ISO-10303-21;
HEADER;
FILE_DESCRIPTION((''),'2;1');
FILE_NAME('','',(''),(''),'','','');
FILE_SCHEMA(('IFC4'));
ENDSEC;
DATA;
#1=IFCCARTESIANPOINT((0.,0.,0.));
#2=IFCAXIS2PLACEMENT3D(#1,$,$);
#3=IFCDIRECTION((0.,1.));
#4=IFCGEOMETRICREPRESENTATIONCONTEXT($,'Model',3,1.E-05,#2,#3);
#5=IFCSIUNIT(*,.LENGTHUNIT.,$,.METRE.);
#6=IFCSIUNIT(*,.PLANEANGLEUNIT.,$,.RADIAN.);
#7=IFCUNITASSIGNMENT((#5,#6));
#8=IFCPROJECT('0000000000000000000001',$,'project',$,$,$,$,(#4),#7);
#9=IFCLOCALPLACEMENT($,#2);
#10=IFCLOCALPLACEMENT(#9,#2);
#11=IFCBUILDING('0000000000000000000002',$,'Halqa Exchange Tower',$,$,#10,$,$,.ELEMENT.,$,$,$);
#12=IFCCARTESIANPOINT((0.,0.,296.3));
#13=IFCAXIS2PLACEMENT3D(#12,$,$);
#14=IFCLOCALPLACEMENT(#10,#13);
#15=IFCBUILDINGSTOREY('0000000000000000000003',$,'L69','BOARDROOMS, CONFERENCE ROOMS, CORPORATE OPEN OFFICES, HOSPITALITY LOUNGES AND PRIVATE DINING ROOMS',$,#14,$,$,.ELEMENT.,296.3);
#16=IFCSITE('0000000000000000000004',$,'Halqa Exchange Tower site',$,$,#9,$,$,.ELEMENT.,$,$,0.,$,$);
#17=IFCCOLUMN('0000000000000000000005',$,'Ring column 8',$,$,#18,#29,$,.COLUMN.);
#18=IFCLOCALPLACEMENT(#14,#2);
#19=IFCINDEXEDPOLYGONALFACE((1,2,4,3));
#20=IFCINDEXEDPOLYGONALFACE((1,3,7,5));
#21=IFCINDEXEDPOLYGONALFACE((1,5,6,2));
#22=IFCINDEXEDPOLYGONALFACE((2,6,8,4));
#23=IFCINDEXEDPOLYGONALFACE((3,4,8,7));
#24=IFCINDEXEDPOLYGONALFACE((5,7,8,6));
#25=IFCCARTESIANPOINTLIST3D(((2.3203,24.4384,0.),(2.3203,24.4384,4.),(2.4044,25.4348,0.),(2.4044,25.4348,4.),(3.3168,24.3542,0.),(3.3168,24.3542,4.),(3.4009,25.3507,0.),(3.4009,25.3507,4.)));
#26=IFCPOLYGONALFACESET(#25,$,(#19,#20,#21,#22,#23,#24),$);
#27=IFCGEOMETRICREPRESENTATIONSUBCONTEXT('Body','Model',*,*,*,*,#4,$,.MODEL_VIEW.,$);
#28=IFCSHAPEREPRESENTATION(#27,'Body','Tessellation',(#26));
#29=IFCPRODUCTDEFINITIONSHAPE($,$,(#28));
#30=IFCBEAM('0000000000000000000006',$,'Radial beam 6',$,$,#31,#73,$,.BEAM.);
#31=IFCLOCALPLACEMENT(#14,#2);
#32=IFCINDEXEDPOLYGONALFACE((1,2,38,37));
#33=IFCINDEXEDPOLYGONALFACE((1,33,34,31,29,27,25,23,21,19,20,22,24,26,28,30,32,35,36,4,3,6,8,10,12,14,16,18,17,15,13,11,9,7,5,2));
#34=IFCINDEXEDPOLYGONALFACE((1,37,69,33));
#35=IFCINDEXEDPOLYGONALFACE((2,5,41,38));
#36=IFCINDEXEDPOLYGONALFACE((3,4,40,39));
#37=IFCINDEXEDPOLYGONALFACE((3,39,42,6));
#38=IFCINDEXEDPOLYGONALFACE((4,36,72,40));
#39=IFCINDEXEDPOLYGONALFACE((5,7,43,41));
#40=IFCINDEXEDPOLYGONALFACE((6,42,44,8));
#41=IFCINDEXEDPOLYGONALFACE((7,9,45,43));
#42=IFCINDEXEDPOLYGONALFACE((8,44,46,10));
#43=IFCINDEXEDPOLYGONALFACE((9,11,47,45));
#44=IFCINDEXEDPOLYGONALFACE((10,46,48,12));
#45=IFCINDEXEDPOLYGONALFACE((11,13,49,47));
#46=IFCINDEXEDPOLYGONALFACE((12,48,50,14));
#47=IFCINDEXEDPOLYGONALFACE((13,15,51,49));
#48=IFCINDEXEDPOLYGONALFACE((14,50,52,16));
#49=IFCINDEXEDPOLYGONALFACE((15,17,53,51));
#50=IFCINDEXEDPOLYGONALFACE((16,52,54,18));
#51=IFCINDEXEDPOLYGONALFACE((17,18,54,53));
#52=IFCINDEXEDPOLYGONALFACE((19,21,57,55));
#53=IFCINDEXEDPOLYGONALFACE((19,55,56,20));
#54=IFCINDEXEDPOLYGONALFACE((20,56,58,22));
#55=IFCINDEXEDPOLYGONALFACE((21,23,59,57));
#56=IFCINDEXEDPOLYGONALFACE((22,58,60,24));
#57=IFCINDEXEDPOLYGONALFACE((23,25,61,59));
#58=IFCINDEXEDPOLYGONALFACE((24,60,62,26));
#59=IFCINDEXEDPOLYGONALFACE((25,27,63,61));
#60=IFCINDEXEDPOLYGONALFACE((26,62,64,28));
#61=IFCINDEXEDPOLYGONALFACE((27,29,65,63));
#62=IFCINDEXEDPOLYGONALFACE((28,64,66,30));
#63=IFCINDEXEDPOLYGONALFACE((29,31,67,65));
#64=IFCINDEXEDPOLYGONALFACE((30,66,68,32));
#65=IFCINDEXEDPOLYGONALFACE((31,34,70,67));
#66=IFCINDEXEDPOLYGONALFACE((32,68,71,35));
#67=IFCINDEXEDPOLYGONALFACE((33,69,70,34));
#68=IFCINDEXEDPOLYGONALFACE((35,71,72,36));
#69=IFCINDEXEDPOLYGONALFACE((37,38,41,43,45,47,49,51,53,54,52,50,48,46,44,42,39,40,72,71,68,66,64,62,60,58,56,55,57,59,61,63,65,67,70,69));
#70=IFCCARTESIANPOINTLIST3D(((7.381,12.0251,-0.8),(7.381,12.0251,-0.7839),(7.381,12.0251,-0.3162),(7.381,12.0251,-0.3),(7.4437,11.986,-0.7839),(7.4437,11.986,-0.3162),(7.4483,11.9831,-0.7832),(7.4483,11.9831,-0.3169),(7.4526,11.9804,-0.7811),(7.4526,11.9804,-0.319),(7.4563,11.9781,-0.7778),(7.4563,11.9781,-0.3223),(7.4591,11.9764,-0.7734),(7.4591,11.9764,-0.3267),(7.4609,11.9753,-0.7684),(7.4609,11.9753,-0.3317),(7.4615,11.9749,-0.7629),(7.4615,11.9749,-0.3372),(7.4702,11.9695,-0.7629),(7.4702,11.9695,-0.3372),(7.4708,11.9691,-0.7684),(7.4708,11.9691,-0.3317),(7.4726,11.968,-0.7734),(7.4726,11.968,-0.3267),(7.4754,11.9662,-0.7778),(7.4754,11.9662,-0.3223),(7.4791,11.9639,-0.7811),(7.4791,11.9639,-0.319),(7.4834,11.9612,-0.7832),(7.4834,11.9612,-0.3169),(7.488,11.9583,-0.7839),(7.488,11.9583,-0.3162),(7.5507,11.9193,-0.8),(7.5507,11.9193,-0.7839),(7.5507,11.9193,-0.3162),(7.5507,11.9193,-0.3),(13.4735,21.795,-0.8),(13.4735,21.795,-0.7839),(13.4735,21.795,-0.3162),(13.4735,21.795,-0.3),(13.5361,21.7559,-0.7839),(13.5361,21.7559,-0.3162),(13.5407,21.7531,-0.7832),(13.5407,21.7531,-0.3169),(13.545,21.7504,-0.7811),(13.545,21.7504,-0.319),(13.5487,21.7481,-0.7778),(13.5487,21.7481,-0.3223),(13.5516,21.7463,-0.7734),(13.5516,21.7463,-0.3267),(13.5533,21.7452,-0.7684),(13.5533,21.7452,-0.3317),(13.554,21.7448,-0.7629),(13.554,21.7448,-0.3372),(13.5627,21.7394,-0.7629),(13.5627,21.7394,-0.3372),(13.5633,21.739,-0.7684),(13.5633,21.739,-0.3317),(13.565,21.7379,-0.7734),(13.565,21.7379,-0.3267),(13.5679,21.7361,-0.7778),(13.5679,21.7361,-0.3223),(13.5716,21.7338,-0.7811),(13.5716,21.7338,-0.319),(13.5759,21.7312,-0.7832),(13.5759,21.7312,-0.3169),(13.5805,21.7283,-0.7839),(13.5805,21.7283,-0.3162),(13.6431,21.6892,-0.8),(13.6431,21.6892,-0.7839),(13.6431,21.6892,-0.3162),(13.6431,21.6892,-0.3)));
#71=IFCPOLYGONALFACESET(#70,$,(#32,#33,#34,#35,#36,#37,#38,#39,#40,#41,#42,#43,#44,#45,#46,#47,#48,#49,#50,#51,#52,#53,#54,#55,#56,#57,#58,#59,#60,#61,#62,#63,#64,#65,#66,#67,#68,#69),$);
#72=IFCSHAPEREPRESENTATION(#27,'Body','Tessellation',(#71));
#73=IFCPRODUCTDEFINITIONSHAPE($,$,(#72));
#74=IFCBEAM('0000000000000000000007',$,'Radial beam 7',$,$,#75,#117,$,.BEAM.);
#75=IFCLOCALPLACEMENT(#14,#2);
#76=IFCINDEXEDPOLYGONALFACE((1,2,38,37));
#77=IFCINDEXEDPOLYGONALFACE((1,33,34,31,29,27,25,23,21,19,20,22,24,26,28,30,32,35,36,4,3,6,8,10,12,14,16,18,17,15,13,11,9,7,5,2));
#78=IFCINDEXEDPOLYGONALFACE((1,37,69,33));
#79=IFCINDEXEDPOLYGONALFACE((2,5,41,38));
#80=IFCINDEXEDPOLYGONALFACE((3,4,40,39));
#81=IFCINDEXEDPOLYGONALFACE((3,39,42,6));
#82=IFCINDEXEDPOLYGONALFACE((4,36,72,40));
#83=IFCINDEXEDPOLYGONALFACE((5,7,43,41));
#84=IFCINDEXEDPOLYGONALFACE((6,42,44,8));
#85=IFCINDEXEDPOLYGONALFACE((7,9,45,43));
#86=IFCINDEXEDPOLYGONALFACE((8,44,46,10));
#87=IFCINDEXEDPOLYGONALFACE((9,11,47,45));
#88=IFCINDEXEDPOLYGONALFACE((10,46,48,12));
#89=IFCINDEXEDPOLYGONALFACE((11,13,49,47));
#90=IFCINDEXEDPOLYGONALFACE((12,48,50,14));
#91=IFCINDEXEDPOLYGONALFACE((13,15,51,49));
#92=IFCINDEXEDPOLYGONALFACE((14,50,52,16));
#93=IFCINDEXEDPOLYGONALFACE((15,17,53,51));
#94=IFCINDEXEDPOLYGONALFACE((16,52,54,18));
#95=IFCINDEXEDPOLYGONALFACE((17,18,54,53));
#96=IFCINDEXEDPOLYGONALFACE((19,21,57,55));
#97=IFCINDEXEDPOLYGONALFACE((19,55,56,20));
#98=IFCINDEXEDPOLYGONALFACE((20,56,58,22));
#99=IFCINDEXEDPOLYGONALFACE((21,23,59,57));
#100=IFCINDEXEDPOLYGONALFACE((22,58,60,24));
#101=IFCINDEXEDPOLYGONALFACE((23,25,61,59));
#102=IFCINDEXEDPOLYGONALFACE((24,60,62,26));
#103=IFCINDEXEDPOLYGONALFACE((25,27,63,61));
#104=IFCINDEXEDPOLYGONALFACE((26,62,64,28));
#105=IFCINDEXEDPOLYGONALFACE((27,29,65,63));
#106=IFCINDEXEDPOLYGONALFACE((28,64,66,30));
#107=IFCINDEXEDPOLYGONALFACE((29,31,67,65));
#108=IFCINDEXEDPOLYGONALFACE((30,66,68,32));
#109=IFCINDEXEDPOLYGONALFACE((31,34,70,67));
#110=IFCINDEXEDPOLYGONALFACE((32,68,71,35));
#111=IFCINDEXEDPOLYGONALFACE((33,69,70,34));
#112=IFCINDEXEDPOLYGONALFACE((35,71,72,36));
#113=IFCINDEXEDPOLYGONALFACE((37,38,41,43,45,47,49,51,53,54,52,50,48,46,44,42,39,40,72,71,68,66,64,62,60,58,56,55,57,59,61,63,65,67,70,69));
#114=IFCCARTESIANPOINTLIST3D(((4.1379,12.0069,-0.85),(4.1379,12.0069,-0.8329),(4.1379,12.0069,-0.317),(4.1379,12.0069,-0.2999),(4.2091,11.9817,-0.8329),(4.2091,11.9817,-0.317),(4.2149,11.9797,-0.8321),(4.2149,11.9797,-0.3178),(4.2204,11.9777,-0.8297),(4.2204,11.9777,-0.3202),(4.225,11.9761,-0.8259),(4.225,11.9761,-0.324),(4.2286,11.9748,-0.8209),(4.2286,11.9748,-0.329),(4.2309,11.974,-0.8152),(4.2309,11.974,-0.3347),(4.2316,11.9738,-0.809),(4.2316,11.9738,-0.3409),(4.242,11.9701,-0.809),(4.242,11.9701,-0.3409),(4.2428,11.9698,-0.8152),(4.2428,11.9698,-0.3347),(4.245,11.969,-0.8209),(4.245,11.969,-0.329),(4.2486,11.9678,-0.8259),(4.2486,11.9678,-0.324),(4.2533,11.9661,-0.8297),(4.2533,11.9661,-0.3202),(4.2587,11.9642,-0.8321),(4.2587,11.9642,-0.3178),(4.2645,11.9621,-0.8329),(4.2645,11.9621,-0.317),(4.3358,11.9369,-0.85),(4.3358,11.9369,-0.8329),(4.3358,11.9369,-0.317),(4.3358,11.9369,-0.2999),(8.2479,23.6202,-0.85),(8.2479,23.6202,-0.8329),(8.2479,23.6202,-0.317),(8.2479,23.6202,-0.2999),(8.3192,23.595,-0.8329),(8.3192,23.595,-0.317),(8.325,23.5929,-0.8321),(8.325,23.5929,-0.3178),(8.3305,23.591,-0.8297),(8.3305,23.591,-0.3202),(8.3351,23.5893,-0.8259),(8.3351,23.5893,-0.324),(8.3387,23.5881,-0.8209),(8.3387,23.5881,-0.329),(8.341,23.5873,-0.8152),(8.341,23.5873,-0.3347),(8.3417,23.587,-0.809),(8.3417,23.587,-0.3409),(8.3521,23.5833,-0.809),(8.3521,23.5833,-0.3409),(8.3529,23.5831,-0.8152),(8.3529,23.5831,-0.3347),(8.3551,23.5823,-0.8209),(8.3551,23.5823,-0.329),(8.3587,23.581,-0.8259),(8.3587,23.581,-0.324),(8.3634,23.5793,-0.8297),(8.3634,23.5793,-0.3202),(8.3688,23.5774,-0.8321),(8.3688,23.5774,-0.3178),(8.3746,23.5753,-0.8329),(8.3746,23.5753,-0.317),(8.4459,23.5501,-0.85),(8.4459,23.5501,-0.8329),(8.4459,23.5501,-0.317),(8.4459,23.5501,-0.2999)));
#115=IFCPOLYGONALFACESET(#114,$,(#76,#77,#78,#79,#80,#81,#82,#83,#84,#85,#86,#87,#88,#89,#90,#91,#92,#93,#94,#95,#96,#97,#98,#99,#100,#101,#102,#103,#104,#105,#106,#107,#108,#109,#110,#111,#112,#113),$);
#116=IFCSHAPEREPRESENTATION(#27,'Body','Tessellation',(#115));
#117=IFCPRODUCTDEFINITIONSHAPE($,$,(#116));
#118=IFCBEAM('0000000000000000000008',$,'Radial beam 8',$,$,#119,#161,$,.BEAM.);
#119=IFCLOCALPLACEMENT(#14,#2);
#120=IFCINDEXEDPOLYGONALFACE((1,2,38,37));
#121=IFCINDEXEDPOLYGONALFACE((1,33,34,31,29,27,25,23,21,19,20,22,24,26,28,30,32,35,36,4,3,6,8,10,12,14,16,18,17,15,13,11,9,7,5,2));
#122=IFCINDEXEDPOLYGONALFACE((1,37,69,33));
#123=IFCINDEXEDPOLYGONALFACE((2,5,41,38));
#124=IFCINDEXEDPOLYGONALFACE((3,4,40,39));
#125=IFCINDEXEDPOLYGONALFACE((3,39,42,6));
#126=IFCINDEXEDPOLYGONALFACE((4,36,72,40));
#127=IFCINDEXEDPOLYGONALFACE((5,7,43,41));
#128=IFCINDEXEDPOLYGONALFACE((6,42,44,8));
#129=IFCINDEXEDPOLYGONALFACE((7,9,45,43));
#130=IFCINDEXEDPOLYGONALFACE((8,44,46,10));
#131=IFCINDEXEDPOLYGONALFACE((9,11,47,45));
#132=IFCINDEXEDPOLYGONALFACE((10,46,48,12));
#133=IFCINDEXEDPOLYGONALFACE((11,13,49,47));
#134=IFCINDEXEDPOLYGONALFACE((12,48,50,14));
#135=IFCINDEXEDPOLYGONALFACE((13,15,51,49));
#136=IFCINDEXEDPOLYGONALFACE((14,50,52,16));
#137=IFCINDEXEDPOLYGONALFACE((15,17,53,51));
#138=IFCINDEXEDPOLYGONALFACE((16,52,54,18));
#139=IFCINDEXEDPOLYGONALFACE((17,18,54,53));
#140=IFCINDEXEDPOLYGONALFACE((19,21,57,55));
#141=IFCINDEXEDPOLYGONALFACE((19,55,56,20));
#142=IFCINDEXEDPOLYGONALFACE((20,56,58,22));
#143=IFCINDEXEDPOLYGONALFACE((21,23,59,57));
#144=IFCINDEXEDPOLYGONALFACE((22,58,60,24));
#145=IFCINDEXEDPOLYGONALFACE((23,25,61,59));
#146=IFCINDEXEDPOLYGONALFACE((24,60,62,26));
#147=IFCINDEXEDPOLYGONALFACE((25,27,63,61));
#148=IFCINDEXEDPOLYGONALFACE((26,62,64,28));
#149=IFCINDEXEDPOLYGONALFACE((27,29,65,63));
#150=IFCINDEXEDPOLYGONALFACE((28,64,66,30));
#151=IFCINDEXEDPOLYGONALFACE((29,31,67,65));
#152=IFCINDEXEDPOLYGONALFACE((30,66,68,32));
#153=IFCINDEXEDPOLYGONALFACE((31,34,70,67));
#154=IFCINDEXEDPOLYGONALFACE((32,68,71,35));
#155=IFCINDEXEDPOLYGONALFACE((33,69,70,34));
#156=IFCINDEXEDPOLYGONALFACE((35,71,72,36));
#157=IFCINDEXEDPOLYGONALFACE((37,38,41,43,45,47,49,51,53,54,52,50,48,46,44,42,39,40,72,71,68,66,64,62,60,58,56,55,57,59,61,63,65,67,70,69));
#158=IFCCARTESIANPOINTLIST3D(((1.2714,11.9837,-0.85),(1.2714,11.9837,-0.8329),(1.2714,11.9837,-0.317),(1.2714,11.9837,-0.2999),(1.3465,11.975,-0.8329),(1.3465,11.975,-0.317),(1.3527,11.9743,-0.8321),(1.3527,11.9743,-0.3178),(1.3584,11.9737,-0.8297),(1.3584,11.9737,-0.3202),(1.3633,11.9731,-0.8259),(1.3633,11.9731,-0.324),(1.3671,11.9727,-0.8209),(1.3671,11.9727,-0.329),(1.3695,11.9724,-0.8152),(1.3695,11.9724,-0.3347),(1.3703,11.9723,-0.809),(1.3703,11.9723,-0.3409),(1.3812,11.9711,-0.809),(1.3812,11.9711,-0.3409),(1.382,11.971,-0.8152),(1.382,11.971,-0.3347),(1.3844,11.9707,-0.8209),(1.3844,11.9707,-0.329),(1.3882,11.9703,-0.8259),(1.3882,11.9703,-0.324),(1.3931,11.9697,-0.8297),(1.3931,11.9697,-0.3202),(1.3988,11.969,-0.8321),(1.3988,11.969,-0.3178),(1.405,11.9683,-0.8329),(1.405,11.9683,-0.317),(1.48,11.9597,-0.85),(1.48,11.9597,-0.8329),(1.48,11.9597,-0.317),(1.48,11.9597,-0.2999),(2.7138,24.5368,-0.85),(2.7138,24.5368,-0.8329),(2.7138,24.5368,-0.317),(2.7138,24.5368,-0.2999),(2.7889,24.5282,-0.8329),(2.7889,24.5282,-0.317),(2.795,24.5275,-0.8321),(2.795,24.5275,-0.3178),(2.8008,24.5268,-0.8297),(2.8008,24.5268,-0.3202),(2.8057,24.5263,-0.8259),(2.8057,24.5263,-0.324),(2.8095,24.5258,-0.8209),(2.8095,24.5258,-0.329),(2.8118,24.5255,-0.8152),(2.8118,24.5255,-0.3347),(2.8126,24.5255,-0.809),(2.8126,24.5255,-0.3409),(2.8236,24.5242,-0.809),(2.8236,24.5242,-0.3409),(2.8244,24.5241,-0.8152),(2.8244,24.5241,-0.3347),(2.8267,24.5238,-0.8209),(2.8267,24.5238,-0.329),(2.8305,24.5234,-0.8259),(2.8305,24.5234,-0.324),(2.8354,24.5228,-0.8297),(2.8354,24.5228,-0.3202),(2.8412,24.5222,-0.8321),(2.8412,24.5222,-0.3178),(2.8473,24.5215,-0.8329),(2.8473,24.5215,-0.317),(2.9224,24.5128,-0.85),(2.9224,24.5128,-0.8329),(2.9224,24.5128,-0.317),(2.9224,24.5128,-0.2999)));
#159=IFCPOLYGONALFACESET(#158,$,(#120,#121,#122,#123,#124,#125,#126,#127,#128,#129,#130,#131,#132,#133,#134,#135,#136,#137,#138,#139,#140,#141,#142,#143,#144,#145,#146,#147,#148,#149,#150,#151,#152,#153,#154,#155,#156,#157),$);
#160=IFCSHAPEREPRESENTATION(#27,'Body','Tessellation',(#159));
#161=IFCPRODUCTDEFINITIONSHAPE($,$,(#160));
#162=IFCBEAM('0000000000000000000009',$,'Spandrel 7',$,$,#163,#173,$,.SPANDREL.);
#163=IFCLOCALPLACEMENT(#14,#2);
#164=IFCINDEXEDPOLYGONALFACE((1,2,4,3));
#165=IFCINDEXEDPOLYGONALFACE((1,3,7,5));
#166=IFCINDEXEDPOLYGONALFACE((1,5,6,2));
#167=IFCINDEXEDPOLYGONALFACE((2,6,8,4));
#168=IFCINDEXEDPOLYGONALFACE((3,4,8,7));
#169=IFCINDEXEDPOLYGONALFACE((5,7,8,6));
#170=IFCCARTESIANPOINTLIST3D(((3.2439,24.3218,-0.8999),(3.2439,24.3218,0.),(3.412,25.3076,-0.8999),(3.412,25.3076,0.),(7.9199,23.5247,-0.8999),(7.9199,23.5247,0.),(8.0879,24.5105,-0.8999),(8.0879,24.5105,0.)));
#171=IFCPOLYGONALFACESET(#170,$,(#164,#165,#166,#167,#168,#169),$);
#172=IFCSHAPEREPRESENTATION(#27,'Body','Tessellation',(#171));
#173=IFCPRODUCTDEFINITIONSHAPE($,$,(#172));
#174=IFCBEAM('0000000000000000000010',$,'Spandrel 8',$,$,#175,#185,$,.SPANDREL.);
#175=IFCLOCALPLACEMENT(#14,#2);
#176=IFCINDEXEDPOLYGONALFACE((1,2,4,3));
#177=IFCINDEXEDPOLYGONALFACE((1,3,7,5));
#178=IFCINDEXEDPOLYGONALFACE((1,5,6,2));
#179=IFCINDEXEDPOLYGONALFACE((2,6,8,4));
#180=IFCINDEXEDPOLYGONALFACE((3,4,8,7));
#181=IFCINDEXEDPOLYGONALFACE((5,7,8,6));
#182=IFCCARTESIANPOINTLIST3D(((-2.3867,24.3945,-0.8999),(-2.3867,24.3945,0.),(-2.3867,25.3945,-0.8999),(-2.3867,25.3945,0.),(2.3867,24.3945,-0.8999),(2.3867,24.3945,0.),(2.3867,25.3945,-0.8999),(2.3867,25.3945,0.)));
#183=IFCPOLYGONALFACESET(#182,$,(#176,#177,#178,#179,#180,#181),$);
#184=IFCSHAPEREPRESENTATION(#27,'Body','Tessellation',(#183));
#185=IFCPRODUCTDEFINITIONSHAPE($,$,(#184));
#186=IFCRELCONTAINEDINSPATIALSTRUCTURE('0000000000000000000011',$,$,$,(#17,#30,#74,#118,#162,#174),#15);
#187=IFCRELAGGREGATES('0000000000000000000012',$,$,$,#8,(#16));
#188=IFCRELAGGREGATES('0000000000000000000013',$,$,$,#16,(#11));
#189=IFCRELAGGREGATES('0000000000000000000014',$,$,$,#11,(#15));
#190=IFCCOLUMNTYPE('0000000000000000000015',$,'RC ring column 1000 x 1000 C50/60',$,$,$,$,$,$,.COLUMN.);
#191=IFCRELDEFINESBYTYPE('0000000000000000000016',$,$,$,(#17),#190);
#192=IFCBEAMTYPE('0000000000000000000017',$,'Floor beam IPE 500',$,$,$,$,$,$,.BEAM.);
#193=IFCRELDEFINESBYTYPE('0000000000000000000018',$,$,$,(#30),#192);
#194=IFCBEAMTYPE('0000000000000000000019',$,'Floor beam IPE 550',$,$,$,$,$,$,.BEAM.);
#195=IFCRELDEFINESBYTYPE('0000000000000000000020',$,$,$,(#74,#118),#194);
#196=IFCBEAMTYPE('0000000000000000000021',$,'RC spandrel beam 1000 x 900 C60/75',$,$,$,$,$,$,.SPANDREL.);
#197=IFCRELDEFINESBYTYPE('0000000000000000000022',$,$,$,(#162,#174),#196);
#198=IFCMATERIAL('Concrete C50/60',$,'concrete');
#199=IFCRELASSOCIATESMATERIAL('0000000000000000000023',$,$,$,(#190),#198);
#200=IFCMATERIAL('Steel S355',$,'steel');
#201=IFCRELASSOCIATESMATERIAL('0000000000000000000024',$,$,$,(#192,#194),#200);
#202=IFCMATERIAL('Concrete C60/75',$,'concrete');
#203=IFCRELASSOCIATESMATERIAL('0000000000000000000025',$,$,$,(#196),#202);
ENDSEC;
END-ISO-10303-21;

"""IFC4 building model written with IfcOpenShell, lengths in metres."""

from ifc_helpers import new_model, si_unit, direction, frame, origin, origin_2d, place, context, subcontext, project, spatial, rectangle, i_section, extrude, material, material_profile, profile_set, type_object, element, save


model = new_model("IFC4")

# Units and contexts
model_context = context("Model", 3, precision=1e-05, world=origin(), true_north=direction((0.0, 1.0)))
body_context = subcontext(model_context, "Body", "Model", "MODEL_VIEW")
ifc_project = project(units=[si_unit("LENGTHUNIT", "METRE"), si_unit("PLANEANGLEUNIT", "RADIAN")], contexts=[model_context])

# Site, building, storey
site_placement = place(None, origin())
site = spatial("IfcSite", under=ifc_project, at=site_placement, Name="Halqa Exchange Tower site", CompositionType="ELEMENT", RefElevation=0.0)
building_placement = place(site_placement, origin())
building = spatial("IfcBuilding", under=site, at=building_placement, Name="Halqa Exchange Tower", CompositionType="ELEMENT")
storey_placement = place(building_placement, frame((0.0, 0.0, 296.3)))
storey = spatial("IfcBuildingStorey", under=building, at=storey_placement, Name="L69", Description="BOARDROOMS, CONFERENCE ROOMS, CORPORATE OPEN OFFICES, HOSPITALITY LOUNGES AND PRIVATE DINING ROOMS", CompositionType="ELEMENT", Elevation=296.3)

# Column
ifc_material_1 = material(Name="Concrete C50/60", Category="concrete")
ifc_material_profile_1 = material_profile(ifc_material_1, rectangle(XDim=1.0, YDim=1.0, at=origin_2d()), Name="1000 x 1000")
ifc_profile_set_1 = profile_set([ifc_material_profile_1], Name="Concrete C50/60")
column_type = type_object("IfcColumnType", Name="RC ring column 1000 x 1000 C50/60", PredefinedType="COLUMN", material=ifc_profile_set_1)
column_placement = place(storey_placement, frame((2.8606, 24.8945, 0.0), z_axis=(0.0, 0.0, 1.0), x_axis=(-0.996456, 0.084114, 0.0)))
element("IfcColumn", 1, at=column_placement, inside=storey, type_object=column_type, Name="Ring column 8", PredefinedType="COLUMN", context=body_context, shape_type="SweptSolid", body=[
    extrude(rectangle(XDim=1.0, YDim=1.0, at=origin_2d()), origin(), (0.0, 0.0, 1.0), 4.0),
])

# Beams
ifc_material_2 = material(Name="Steel S355", Category="steel")
ifc_material_profile_2 = material_profile(ifc_material_2, i_section(OverallWidth=0.2, OverallDepth=0.5, WebThickness=0.0103, FlangeThickness=0.0161, FilletRadius=0.021, at=origin_2d()), Name="IPE 500")
ifc_profile_set_2 = profile_set([ifc_material_profile_2], Name="Steel S355")
beam_type_1 = type_object("IfcBeamType", Name="Floor beam IPE 500", PredefinedType="BEAM", material=ifc_profile_set_2)
beam_1_placement = place(storey_placement, frame((7.4658, 11.9722, -0.55), z_axis=(0.529141, 0.848534, 0.0), x_axis=(-0.848534, 0.529141, 0.0)))
element("IfcBeam", 2, at=beam_1_placement, inside=storey, type_object=beam_type_1, Name="Radial beam 6", PredefinedType="BEAM", context=body_context, shape_type="SweptSolid", body=[
    extrude(i_section(OverallWidth=0.2, OverallDepth=0.5, WebThickness=0.0103, FlangeThickness=0.0161, FilletRadius=0.021, at=origin_2d()), origin(), (0.0, 0.0, 1.0), 11.5139),
])
ifc_material_profile_3 = material_profile(ifc_material_2, i_section(OverallWidth=0.21, OverallDepth=0.55, WebThickness=0.011, FlangeThickness=0.0171, FilletRadius=0.0239, at=origin_2d()), Name="IPE 550")
ifc_profile_set_3 = profile_set([ifc_material_profile_3], Name="Steel S355")
beam_type_2 = type_object("IfcBeamType", Name="Floor beam IPE 550", PredefinedType="BEAM", material=ifc_profile_set_3)
beam_2_placement = place(storey_placement, frame((4.2368, 11.9719, -0.575), z_axis=(0.333636, 0.942702, 0.0), x_axis=(-0.942702, 0.333636, 0.0)))
element("IfcBeam", 3, at=beam_2_placement, inside=storey, type_object=beam_type_2, Name="Radial beam 7", PredefinedType="BEAM", context=body_context, shape_type="SweptSolid", body=[
    extrude(i_section(OverallWidth=0.21, OverallDepth=0.55, WebThickness=0.011, FlangeThickness=0.0171, FilletRadius=0.0239, at=origin_2d()), origin(), (0.0, 0.0, 1.0), 12.3191),
])
beam_3_placement = place(storey_placement, frame((1.3757, 11.9717, -0.575), z_axis=(0.11415, 0.993463, 0.0), x_axis=(-0.993463, 0.11415, 0.0)))
element("IfcBeam", 4, at=beam_3_placement, inside=storey, type_object=beam_type_2, Name="Radial beam 8", PredefinedType="BEAM", context=body_context, shape_type="SweptSolid", body=[
    extrude(i_section(OverallWidth=0.21, OverallDepth=0.55, WebThickness=0.011, FlangeThickness=0.0171, FilletRadius=0.0239, at=origin_2d()), origin(), (0.0, 0.0, 1.0), 12.6357),
])
ifc_material_3 = material(Name="Concrete C60/75", Category="concrete")
ifc_material_profile_4 = material_profile(ifc_material_3, rectangle(XDim=1.0, YDim=0.8999, at=origin_2d()), Name="1000 x 900")
ifc_profile_set_4 = profile_set([ifc_material_profile_4], Name="Concrete C60/75")
beam_type_3 = type_object("IfcBeamType", Name="RC spandrel beam 1000 x 900 C60/75", PredefinedType="SPANDREL", material=ifc_profile_set_4)
beam_4_placement = place(storey_placement, frame((8.0039, 24.0176, -0.45), z_axis=(-0.985779, 0.168045, 0.0), x_axis=(-0.168045, -0.985779, 0.0)))
element("IfcBeam", 5, at=beam_4_placement, inside=storey, type_object=beam_type_3, Name="Spandrel 7", PredefinedType="SPANDREL", context=body_context, shape_type="SweptSolid", body=[
    extrude(rectangle(XDim=1.0, YDim=0.8999, at=origin_2d()), origin(), (0.0, 0.0, 1.0), 4.7434),
])
beam_5_placement = place(storey_placement, frame((2.3867, 24.8945, -0.45), z_axis=(-1.0, 0.0, 0.0), x_axis=(0.0, -1.0, 0.0)))
element("IfcBeam", 6, at=beam_5_placement, inside=storey, type_object=beam_type_3, Name="Spandrel 8", PredefinedType="SPANDREL", context=body_context, shape_type="SweptSolid", body=[
    extrude(rectangle(XDim=1.0, YDim=0.8999, at=origin_2d()), origin(), (0.0, 0.0, 1.0), 4.7734),
])

save(model, "model.ifc")
